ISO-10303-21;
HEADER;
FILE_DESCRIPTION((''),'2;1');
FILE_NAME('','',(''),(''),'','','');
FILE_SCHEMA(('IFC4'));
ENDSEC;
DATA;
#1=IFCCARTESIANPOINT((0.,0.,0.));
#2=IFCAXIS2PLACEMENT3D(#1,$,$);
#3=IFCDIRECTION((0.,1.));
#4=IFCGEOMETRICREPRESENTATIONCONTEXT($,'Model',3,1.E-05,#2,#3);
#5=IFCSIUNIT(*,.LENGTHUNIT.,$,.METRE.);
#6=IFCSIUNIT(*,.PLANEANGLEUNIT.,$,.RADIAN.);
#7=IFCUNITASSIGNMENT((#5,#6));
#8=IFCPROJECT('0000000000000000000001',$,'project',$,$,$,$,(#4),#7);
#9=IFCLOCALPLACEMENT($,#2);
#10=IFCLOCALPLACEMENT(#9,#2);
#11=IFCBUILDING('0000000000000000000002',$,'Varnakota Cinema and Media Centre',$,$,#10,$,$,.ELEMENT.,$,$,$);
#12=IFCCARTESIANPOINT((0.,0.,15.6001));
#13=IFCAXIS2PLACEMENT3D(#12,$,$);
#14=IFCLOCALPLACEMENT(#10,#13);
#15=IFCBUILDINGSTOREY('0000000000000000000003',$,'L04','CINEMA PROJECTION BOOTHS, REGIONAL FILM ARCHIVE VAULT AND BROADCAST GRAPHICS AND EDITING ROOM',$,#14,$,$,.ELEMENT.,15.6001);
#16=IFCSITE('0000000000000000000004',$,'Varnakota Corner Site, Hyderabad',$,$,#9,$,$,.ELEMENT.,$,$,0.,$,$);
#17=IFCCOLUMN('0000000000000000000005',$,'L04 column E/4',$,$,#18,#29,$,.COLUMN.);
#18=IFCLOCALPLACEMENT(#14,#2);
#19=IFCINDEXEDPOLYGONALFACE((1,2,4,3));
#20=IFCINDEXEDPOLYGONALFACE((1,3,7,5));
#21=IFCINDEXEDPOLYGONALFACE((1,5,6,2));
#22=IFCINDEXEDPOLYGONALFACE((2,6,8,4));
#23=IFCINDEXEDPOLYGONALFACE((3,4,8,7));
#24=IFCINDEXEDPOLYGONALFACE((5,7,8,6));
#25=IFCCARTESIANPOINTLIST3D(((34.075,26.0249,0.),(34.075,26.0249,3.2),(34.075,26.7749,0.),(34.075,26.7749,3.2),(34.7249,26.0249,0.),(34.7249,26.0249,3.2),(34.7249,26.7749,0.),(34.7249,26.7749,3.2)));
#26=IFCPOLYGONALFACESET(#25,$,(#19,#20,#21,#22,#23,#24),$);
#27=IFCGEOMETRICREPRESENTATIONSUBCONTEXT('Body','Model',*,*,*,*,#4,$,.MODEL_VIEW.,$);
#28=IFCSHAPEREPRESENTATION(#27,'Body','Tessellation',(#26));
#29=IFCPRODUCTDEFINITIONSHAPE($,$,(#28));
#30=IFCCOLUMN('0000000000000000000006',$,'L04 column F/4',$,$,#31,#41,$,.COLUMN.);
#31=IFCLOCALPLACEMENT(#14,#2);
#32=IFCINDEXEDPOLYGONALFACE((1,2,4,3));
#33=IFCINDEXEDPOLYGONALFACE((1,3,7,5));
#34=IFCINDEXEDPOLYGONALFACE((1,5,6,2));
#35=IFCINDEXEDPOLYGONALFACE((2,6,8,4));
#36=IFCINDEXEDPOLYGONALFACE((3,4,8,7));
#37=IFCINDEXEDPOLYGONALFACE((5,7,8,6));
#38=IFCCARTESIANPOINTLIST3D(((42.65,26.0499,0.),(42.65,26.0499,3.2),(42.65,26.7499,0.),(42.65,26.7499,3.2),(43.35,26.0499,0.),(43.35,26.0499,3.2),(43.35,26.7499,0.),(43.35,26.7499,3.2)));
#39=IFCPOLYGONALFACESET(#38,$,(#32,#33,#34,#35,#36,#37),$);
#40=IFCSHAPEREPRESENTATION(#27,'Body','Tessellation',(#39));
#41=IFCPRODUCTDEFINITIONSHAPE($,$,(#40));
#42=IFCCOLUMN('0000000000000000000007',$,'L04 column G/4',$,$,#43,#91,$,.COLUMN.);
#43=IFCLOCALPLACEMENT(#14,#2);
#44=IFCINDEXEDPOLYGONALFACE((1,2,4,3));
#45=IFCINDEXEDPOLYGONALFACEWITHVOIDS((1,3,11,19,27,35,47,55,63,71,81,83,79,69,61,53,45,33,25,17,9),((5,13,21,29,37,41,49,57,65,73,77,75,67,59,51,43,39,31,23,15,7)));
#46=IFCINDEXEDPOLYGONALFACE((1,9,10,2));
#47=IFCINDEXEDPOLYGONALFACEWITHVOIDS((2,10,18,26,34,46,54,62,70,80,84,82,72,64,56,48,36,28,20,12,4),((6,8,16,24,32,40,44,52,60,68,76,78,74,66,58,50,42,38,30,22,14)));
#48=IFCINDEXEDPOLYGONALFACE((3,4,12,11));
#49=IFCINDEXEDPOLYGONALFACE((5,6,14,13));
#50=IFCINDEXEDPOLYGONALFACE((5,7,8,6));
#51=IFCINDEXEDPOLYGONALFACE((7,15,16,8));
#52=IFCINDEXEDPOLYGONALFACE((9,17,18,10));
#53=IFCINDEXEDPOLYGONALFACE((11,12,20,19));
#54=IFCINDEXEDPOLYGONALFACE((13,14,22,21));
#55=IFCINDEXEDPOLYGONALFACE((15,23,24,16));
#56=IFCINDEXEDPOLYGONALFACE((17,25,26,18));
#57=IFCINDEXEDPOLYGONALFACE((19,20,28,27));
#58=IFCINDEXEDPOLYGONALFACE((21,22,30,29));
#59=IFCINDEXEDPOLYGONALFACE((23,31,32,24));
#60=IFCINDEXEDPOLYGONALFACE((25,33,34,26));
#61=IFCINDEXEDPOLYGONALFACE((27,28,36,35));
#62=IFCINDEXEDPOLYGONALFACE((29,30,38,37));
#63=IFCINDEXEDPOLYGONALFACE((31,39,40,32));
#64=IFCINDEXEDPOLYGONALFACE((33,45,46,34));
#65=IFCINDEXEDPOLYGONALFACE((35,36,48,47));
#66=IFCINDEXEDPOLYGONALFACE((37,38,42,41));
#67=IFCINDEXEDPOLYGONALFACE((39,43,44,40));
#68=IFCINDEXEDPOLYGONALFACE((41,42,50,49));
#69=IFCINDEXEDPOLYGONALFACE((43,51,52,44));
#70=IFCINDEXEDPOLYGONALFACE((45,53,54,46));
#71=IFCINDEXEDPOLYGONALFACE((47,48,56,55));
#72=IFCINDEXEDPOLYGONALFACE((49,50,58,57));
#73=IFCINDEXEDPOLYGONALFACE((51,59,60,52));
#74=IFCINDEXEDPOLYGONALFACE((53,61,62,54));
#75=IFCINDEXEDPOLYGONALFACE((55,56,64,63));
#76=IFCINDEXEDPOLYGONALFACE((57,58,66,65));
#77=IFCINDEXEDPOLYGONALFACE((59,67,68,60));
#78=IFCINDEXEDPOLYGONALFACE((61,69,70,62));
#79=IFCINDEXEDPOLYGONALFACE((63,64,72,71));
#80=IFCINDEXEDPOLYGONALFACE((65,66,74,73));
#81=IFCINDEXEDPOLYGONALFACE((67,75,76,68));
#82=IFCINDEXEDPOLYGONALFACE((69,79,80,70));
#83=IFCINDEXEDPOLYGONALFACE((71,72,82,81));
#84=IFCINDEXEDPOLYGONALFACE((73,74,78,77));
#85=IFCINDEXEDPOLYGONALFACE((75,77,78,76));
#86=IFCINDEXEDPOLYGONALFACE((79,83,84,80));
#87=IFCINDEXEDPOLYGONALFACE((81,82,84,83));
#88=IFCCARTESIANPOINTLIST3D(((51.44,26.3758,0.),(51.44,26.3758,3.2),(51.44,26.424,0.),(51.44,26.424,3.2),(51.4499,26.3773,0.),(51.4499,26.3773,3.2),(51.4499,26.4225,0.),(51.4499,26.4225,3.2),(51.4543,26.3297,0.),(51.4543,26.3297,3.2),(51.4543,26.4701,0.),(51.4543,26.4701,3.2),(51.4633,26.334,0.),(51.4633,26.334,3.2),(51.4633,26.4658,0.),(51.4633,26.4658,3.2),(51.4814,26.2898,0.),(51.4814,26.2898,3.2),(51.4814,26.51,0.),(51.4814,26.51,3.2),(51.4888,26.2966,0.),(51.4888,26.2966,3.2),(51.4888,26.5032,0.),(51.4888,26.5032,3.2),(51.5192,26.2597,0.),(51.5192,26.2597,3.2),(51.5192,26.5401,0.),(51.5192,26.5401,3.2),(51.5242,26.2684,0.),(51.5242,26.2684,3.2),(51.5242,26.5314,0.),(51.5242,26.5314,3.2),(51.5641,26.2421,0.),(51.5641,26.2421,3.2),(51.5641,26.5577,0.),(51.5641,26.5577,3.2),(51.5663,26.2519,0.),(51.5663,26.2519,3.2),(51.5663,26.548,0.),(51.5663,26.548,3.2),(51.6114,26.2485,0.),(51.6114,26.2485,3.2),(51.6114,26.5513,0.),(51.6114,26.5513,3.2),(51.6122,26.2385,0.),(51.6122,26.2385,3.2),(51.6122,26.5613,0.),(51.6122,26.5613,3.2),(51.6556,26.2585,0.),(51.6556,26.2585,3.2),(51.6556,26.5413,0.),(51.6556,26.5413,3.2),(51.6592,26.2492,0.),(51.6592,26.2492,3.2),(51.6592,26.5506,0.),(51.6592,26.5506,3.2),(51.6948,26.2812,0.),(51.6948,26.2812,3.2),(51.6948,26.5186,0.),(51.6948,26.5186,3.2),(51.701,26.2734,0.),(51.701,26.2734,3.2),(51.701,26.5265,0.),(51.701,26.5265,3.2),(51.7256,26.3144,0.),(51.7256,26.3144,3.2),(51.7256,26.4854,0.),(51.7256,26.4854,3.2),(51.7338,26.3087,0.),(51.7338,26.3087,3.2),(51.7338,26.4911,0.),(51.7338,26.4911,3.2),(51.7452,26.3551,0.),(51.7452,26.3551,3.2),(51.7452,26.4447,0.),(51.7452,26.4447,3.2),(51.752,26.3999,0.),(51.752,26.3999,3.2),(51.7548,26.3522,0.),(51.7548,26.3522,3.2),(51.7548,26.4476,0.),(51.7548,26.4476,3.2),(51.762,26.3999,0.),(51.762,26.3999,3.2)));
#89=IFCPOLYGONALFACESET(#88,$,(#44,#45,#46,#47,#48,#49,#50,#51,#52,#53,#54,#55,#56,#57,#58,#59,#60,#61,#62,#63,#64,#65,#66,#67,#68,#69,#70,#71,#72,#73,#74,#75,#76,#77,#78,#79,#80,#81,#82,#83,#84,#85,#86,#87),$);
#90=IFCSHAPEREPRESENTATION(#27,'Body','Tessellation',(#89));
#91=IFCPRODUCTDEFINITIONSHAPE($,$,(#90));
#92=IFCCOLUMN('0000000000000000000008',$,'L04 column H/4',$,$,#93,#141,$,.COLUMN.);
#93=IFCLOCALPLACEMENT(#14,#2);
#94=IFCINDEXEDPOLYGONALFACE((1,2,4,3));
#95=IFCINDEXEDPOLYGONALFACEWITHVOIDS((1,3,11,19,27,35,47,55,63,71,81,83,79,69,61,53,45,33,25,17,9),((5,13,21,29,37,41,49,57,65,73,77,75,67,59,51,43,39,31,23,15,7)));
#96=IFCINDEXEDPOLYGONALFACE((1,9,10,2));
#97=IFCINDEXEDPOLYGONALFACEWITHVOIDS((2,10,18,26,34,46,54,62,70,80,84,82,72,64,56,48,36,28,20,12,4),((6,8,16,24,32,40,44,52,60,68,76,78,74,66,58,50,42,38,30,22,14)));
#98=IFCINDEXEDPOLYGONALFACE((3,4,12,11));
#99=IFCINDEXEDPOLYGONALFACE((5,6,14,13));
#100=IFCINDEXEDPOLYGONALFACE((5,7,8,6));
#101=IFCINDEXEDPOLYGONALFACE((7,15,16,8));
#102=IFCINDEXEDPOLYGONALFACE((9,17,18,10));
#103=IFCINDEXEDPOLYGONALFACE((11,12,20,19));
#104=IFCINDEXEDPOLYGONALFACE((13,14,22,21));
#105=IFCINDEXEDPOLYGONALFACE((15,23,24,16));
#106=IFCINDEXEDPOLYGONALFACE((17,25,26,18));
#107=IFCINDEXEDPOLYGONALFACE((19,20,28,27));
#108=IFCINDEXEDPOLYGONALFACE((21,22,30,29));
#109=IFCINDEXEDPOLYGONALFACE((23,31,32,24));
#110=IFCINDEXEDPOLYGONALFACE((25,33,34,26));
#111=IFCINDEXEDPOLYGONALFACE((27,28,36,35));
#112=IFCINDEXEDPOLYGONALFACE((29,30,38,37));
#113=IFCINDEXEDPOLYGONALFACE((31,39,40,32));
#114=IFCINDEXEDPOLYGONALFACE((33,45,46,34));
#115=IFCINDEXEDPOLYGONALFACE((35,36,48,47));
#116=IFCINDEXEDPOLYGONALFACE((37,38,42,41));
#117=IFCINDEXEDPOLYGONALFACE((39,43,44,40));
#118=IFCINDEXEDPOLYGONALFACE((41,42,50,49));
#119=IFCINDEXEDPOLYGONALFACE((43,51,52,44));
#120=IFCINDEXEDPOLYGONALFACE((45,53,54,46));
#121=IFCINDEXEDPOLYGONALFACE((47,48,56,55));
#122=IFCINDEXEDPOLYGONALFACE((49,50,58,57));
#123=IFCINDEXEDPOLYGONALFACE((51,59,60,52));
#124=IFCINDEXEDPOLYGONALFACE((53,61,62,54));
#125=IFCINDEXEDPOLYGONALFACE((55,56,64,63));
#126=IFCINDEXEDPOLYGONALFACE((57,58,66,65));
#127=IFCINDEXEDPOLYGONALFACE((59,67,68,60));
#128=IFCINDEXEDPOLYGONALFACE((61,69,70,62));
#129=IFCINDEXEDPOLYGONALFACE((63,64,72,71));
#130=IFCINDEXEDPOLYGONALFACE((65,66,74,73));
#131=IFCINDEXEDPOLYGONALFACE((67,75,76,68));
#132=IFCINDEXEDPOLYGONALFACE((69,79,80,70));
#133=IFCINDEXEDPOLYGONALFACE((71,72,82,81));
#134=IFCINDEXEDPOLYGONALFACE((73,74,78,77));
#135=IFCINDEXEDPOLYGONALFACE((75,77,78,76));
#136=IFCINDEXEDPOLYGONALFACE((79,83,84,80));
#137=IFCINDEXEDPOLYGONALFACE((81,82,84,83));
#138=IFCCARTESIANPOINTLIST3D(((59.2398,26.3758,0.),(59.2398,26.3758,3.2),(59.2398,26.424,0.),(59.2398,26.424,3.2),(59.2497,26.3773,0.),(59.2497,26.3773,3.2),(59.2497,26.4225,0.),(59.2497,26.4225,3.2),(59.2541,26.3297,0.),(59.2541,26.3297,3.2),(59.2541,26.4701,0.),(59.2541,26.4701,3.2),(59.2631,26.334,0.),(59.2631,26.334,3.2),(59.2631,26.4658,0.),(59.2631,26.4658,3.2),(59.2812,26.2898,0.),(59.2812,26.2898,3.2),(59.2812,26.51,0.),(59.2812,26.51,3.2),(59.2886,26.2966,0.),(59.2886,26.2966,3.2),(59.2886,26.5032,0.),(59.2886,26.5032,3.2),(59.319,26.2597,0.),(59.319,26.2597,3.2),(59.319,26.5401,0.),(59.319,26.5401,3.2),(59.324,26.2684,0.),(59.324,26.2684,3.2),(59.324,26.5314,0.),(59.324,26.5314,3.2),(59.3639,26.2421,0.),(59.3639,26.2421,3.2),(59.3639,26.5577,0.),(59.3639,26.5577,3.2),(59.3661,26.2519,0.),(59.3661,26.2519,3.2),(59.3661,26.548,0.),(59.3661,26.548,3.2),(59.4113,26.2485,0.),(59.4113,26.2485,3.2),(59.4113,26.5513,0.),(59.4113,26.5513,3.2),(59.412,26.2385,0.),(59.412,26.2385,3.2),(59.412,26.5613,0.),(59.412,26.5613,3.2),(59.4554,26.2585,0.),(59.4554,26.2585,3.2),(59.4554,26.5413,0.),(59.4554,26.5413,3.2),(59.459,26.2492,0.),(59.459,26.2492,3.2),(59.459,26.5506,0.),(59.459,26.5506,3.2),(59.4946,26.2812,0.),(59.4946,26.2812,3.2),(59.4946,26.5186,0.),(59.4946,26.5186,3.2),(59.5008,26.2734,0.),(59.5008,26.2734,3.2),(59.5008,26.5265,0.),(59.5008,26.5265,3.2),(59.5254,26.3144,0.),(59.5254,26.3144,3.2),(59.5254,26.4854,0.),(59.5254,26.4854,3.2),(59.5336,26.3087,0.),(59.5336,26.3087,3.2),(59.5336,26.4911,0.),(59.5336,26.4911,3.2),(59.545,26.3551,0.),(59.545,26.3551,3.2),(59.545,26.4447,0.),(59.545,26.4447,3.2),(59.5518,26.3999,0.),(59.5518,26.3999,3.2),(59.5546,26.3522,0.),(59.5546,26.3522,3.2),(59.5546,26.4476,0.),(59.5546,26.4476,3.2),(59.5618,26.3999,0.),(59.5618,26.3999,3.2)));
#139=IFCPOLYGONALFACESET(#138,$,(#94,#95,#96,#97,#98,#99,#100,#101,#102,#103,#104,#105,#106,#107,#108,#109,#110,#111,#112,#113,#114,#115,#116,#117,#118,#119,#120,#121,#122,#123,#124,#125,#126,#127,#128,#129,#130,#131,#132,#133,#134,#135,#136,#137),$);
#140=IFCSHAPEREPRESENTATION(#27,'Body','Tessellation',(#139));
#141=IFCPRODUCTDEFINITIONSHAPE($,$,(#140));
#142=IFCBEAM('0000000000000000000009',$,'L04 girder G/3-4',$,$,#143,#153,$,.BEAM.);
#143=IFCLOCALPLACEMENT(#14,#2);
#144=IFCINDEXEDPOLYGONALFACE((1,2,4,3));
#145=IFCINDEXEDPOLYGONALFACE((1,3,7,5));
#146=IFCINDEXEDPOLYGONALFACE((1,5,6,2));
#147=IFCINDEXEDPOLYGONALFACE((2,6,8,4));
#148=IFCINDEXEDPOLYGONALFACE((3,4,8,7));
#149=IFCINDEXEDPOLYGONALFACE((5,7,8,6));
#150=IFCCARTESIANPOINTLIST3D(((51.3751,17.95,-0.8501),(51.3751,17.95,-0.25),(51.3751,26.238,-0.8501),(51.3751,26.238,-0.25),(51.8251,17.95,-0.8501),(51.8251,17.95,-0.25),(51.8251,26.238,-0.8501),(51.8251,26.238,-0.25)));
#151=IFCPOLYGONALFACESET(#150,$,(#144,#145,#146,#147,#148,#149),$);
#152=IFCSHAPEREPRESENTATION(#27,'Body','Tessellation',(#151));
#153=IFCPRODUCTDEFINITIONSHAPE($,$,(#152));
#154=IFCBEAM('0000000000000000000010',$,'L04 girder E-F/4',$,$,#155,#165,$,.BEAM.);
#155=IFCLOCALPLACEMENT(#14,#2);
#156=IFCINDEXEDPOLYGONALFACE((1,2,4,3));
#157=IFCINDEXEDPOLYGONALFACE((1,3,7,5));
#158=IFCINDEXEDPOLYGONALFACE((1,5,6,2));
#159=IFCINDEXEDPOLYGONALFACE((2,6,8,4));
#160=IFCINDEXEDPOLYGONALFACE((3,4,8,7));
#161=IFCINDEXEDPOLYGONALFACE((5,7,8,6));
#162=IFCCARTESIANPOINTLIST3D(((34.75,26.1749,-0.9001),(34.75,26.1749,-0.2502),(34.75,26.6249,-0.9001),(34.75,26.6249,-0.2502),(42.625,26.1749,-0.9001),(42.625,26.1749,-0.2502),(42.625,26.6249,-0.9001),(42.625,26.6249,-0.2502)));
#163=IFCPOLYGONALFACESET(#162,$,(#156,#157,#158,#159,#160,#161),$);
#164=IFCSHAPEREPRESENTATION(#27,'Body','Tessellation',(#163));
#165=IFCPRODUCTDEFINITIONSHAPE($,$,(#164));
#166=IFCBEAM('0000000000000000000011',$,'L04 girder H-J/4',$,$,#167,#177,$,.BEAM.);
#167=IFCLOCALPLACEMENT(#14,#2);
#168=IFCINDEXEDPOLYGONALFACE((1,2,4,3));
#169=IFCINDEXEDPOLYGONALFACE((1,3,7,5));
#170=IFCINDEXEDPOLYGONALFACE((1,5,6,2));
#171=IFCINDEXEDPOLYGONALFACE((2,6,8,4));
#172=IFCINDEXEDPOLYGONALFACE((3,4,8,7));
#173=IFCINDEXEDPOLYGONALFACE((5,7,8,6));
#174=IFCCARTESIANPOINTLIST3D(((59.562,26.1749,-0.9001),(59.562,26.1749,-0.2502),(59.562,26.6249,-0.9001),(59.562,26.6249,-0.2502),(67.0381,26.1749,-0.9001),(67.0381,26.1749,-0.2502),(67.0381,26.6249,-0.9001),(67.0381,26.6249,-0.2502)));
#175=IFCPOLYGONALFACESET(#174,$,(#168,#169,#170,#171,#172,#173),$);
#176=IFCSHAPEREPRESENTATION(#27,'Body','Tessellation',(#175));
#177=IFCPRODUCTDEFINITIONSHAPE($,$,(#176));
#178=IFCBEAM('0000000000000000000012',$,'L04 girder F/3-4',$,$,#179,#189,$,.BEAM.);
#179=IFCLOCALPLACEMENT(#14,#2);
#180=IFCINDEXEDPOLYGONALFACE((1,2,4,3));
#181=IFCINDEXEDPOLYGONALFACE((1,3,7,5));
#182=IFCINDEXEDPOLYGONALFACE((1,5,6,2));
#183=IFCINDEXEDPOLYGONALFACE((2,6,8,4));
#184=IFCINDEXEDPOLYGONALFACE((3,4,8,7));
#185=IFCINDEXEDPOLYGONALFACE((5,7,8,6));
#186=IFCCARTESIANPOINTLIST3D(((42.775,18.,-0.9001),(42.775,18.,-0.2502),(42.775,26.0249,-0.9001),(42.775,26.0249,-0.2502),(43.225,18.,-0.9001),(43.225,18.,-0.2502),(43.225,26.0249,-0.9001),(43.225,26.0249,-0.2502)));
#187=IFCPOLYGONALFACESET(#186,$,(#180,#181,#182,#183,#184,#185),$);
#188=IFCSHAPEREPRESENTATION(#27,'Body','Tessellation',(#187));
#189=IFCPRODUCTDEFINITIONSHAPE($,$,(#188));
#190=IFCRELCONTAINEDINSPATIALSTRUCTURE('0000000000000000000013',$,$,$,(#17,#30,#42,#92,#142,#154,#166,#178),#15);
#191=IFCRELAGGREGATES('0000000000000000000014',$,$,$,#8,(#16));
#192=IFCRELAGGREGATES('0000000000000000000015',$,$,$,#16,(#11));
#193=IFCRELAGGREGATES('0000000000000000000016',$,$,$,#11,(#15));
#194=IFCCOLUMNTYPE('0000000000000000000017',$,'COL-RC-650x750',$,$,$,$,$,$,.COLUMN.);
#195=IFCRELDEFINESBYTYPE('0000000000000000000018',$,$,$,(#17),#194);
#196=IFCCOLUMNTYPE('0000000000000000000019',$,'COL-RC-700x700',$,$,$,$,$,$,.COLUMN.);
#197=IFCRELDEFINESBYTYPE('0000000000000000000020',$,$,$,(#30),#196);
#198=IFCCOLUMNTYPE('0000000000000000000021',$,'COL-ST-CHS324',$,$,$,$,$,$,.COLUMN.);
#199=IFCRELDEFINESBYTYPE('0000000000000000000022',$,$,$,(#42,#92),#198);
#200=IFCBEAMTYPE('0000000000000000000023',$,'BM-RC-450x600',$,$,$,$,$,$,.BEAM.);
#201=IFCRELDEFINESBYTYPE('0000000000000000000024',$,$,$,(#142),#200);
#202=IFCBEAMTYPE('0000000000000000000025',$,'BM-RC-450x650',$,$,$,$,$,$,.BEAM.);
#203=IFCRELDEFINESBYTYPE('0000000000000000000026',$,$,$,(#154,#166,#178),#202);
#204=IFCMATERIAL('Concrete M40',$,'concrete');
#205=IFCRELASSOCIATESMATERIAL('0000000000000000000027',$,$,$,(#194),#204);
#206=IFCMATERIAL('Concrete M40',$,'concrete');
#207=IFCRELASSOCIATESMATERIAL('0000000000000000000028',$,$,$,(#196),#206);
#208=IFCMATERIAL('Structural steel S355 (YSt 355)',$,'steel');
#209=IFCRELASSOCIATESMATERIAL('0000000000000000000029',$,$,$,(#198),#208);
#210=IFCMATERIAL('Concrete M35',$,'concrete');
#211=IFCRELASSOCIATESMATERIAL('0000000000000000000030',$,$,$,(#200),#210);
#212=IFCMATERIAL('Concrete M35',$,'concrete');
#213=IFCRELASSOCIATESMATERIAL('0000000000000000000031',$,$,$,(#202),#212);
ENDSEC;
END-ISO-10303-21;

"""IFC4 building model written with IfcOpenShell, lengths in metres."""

from ifc_helpers import new_model, si_unit, direction, frame, origin, origin_2d, place, context, subcontext, project, spatial, rectangle, hollow_circle, extrude, material, material_profile, profile_set, type_object, element, save


model = new_model("IFC4")

# Units and contexts
model_context = context("Model", 3, precision=1e-05, world=origin(), true_north=direction((0.0, 1.0)))
body_context = subcontext(model_context, "Body", "Model", "MODEL_VIEW")
ifc_project = project(units=[si_unit("LENGTHUNIT", "METRE"), si_unit("PLANEANGLEUNIT", "RADIAN")], contexts=[model_context])

# Site, building, storey
site_placement = place(None, origin())
site = spatial("IfcSite", under=ifc_project, at=site_placement, Name="Varnakota Corner Site, Hyderabad", CompositionType="ELEMENT", RefElevation=0.0)
building_placement = place(site_placement, origin())
building = spatial("IfcBuilding", under=site, at=building_placement, Name="Varnakota Cinema and Media Centre", CompositionType="ELEMENT")
storey_placement = place(building_placement, frame((0.0, 0.0, 15.6001)))
storey = spatial("IfcBuildingStorey", under=building, at=storey_placement, Name="L04", Description="CINEMA PROJECTION BOOTHS, REGIONAL FILM ARCHIVE VAULT AND BROADCAST GRAPHICS AND EDITING ROOM", CompositionType="ELEMENT", Elevation=15.6001)

# Columns
ifc_material_1 = material(Name="Concrete M40", Category="concrete")
ifc_material_profile_1 = material_profile(ifc_material_1, rectangle(XDim=0.6499, YDim=0.75, at=origin_2d()), Name="RC 650x750")
ifc_profile_set_1 = profile_set([ifc_material_profile_1], Name="Concrete M40")
column_type_1 = type_object("IfcColumnType", Name="COL-RC-650x750", PredefinedType="COLUMN", material=ifc_profile_set_1)
column_1_placement = place(storey_placement, frame((34.3999, 26.3999, 0.0), z_axis=(0.0, 0.0, 1.0), x_axis=(1.0, 0.0, 0.0)))
element("IfcColumn", 1, at=column_1_placement, inside=storey, type_object=column_type_1, Name="L04 column E/4", PredefinedType="COLUMN", context=body_context, shape_type="SweptSolid", body=[
    extrude(rectangle(XDim=0.6499, YDim=0.75, at=origin_2d()), origin(), (0.0, 0.0, 1.0), 3.2),
])
ifc_material_2 = material(Name="Concrete M40", Category="concrete")
ifc_material_profile_2 = material_profile(ifc_material_2, rectangle(XDim=0.7, YDim=0.7, at=origin_2d()), Name="RC 700x700")
ifc_profile_set_2 = profile_set([ifc_material_profile_2], Name="Concrete M40")
column_type_2 = type_object("IfcColumnType", Name="COL-RC-700x700", PredefinedType="COLUMN", material=ifc_profile_set_2)
column_2_placement = place(storey_placement, frame((43.0, 26.3999, 0.0), z_axis=(0.0, 0.0, 1.0), x_axis=(1.0, 0.0, 0.0)))
element("IfcColumn", 2, at=column_2_placement, inside=storey, type_object=column_type_2, Name="L04 column F/4", PredefinedType="COLUMN", context=body_context, shape_type="SweptSolid", body=[
    extrude(rectangle(XDim=0.7, YDim=0.7, at=origin_2d()), origin(), (0.0, 0.0, 1.0), 3.2),
])
ifc_material_3 = material(Name="Structural steel S355 (YSt 355)", Category="steel")
ifc_material_profile_3 = material_profile(ifc_material_3, hollow_circle(Radius=0.1619, WallThickness=0.01, at=origin_2d()), Name="CHS 323.9x10.0")
ifc_profile_set_3 = profile_set([ifc_material_profile_3], Name="Structural steel S355 (YSt 355)")
column_type_3 = type_object("IfcColumnType", Name="COL-ST-CHS324", PredefinedType="COLUMN", material=ifc_profile_set_3)
for number, where, z_axis, x_axis, name in (
    (3, (51.6001, 26.3999, 0.0), (0.0, 0.0, 1.0), (1.0, 0.0, 0.0), "L04 column G/4"),
    (4, (59.3999, 26.3999, 0.0), (0.0, 0.0, 1.0), (1.0, 0.0, 0.0), "L04 column H/4"),
):
    element("IfcColumn", number, at=place(storey_placement, frame(where, z_axis=z_axis, x_axis=x_axis)), inside=storey, type_object=column_type_3, Name=name, PredefinedType="COLUMN", context=body_context, shape_type="SweptSolid", body=[
        extrude(hollow_circle(Radius=0.1619, WallThickness=0.01, at=origin_2d()), origin(), (0.0, 0.0, 1.0), 3.2),
    ])

# Beams
ifc_material_4 = material(Name="Concrete M35", Category="concrete")
ifc_material_profile_4 = material_profile(ifc_material_4, rectangle(XDim=0.45, YDim=0.6001, at=origin_2d()), Name="RCB 450x600")
ifc_profile_set_4 = profile_set([ifc_material_profile_4], Name="Concrete M35")
beam_type_1 = type_object("IfcBeamType", Name="BM-RC-450x600", PredefinedType="BEAM", material=ifc_profile_set_4)
beam_1_placement = place(storey_placement, frame((51.6001, 17.95, -0.55), z_axis=(0.0, 1.0, 0.0), x_axis=(-1.0, 0.0, 0.0)))
element("IfcBeam", 5, at=beam_1_placement, inside=storey, type_object=beam_type_1, Name="L04 girder G/3-4", PredefinedType="BEAM", context=body_context, shape_type="SweptSolid", body=[
    extrude(rectangle(XDim=0.45, YDim=0.6001, at=origin_2d()), origin(), (0.0, 0.0, 1.0), 8.2881),
])
ifc_material_5 = material(Name="Concrete M35", Category="concrete")
ifc_material_profile_5 = material_profile(ifc_material_5, rectangle(XDim=0.45, YDim=0.6499, at=origin_2d()), Name="RCB 450x650")
ifc_profile_set_5 = profile_set([ifc_material_profile_5], Name="Concrete M35")
beam_type_2 = type_object("IfcBeamType", Name="BM-RC-450x650", PredefinedType="BEAM", material=ifc_profile_set_5)
beam_2_placement = place(storey_placement, frame((34.75, 26.3999, -0.5752), z_axis=(1.0, 0.0, 0.0), x_axis=(0.0, 1.0, 0.0)))
element("IfcBeam", 6, at=beam_2_placement, inside=storey, type_object=beam_type_2, Name="L04 girder E-F/4", PredefinedType="BEAM", context=body_context, shape_type="SweptSolid", body=[
    extrude(rectangle(XDim=0.45, YDim=0.6499, at=origin_2d()), origin(), (0.0, 0.0, 1.0), 7.875),
])
beam_3_placement = place(storey_placement, frame((59.562, 26.3999, -0.5752), z_axis=(1.0, 0.0, 0.0), x_axis=(0.0, 1.0, 0.0)))
element("IfcBeam", 7, at=beam_3_placement, inside=storey, type_object=beam_type_2, Name="L04 girder H-J/4", PredefinedType="BEAM", context=body_context, shape_type="SweptSolid", body=[
    extrude(rectangle(XDim=0.45, YDim=0.6499, at=origin_2d()), origin(), (0.0, 0.0, 1.0), 7.4761),
])
beam_4_placement = place(storey_placement, frame((43.0, 18.0, -0.5752), z_axis=(0.0, 1.0, 0.0), x_axis=(-1.0, 0.0, 0.0)))
element("IfcBeam", 8, at=beam_4_placement, inside=storey, type_object=beam_type_2, Name="L04 girder F/3-4", PredefinedType="BEAM", context=body_context, shape_type="SweptSolid", body=[
    extrude(rectangle(XDim=0.45, YDim=0.6499, at=origin_2d()), origin(), (0.0, 0.0, 1.0), 8.0249),
])

save(model, "model.ifc")
